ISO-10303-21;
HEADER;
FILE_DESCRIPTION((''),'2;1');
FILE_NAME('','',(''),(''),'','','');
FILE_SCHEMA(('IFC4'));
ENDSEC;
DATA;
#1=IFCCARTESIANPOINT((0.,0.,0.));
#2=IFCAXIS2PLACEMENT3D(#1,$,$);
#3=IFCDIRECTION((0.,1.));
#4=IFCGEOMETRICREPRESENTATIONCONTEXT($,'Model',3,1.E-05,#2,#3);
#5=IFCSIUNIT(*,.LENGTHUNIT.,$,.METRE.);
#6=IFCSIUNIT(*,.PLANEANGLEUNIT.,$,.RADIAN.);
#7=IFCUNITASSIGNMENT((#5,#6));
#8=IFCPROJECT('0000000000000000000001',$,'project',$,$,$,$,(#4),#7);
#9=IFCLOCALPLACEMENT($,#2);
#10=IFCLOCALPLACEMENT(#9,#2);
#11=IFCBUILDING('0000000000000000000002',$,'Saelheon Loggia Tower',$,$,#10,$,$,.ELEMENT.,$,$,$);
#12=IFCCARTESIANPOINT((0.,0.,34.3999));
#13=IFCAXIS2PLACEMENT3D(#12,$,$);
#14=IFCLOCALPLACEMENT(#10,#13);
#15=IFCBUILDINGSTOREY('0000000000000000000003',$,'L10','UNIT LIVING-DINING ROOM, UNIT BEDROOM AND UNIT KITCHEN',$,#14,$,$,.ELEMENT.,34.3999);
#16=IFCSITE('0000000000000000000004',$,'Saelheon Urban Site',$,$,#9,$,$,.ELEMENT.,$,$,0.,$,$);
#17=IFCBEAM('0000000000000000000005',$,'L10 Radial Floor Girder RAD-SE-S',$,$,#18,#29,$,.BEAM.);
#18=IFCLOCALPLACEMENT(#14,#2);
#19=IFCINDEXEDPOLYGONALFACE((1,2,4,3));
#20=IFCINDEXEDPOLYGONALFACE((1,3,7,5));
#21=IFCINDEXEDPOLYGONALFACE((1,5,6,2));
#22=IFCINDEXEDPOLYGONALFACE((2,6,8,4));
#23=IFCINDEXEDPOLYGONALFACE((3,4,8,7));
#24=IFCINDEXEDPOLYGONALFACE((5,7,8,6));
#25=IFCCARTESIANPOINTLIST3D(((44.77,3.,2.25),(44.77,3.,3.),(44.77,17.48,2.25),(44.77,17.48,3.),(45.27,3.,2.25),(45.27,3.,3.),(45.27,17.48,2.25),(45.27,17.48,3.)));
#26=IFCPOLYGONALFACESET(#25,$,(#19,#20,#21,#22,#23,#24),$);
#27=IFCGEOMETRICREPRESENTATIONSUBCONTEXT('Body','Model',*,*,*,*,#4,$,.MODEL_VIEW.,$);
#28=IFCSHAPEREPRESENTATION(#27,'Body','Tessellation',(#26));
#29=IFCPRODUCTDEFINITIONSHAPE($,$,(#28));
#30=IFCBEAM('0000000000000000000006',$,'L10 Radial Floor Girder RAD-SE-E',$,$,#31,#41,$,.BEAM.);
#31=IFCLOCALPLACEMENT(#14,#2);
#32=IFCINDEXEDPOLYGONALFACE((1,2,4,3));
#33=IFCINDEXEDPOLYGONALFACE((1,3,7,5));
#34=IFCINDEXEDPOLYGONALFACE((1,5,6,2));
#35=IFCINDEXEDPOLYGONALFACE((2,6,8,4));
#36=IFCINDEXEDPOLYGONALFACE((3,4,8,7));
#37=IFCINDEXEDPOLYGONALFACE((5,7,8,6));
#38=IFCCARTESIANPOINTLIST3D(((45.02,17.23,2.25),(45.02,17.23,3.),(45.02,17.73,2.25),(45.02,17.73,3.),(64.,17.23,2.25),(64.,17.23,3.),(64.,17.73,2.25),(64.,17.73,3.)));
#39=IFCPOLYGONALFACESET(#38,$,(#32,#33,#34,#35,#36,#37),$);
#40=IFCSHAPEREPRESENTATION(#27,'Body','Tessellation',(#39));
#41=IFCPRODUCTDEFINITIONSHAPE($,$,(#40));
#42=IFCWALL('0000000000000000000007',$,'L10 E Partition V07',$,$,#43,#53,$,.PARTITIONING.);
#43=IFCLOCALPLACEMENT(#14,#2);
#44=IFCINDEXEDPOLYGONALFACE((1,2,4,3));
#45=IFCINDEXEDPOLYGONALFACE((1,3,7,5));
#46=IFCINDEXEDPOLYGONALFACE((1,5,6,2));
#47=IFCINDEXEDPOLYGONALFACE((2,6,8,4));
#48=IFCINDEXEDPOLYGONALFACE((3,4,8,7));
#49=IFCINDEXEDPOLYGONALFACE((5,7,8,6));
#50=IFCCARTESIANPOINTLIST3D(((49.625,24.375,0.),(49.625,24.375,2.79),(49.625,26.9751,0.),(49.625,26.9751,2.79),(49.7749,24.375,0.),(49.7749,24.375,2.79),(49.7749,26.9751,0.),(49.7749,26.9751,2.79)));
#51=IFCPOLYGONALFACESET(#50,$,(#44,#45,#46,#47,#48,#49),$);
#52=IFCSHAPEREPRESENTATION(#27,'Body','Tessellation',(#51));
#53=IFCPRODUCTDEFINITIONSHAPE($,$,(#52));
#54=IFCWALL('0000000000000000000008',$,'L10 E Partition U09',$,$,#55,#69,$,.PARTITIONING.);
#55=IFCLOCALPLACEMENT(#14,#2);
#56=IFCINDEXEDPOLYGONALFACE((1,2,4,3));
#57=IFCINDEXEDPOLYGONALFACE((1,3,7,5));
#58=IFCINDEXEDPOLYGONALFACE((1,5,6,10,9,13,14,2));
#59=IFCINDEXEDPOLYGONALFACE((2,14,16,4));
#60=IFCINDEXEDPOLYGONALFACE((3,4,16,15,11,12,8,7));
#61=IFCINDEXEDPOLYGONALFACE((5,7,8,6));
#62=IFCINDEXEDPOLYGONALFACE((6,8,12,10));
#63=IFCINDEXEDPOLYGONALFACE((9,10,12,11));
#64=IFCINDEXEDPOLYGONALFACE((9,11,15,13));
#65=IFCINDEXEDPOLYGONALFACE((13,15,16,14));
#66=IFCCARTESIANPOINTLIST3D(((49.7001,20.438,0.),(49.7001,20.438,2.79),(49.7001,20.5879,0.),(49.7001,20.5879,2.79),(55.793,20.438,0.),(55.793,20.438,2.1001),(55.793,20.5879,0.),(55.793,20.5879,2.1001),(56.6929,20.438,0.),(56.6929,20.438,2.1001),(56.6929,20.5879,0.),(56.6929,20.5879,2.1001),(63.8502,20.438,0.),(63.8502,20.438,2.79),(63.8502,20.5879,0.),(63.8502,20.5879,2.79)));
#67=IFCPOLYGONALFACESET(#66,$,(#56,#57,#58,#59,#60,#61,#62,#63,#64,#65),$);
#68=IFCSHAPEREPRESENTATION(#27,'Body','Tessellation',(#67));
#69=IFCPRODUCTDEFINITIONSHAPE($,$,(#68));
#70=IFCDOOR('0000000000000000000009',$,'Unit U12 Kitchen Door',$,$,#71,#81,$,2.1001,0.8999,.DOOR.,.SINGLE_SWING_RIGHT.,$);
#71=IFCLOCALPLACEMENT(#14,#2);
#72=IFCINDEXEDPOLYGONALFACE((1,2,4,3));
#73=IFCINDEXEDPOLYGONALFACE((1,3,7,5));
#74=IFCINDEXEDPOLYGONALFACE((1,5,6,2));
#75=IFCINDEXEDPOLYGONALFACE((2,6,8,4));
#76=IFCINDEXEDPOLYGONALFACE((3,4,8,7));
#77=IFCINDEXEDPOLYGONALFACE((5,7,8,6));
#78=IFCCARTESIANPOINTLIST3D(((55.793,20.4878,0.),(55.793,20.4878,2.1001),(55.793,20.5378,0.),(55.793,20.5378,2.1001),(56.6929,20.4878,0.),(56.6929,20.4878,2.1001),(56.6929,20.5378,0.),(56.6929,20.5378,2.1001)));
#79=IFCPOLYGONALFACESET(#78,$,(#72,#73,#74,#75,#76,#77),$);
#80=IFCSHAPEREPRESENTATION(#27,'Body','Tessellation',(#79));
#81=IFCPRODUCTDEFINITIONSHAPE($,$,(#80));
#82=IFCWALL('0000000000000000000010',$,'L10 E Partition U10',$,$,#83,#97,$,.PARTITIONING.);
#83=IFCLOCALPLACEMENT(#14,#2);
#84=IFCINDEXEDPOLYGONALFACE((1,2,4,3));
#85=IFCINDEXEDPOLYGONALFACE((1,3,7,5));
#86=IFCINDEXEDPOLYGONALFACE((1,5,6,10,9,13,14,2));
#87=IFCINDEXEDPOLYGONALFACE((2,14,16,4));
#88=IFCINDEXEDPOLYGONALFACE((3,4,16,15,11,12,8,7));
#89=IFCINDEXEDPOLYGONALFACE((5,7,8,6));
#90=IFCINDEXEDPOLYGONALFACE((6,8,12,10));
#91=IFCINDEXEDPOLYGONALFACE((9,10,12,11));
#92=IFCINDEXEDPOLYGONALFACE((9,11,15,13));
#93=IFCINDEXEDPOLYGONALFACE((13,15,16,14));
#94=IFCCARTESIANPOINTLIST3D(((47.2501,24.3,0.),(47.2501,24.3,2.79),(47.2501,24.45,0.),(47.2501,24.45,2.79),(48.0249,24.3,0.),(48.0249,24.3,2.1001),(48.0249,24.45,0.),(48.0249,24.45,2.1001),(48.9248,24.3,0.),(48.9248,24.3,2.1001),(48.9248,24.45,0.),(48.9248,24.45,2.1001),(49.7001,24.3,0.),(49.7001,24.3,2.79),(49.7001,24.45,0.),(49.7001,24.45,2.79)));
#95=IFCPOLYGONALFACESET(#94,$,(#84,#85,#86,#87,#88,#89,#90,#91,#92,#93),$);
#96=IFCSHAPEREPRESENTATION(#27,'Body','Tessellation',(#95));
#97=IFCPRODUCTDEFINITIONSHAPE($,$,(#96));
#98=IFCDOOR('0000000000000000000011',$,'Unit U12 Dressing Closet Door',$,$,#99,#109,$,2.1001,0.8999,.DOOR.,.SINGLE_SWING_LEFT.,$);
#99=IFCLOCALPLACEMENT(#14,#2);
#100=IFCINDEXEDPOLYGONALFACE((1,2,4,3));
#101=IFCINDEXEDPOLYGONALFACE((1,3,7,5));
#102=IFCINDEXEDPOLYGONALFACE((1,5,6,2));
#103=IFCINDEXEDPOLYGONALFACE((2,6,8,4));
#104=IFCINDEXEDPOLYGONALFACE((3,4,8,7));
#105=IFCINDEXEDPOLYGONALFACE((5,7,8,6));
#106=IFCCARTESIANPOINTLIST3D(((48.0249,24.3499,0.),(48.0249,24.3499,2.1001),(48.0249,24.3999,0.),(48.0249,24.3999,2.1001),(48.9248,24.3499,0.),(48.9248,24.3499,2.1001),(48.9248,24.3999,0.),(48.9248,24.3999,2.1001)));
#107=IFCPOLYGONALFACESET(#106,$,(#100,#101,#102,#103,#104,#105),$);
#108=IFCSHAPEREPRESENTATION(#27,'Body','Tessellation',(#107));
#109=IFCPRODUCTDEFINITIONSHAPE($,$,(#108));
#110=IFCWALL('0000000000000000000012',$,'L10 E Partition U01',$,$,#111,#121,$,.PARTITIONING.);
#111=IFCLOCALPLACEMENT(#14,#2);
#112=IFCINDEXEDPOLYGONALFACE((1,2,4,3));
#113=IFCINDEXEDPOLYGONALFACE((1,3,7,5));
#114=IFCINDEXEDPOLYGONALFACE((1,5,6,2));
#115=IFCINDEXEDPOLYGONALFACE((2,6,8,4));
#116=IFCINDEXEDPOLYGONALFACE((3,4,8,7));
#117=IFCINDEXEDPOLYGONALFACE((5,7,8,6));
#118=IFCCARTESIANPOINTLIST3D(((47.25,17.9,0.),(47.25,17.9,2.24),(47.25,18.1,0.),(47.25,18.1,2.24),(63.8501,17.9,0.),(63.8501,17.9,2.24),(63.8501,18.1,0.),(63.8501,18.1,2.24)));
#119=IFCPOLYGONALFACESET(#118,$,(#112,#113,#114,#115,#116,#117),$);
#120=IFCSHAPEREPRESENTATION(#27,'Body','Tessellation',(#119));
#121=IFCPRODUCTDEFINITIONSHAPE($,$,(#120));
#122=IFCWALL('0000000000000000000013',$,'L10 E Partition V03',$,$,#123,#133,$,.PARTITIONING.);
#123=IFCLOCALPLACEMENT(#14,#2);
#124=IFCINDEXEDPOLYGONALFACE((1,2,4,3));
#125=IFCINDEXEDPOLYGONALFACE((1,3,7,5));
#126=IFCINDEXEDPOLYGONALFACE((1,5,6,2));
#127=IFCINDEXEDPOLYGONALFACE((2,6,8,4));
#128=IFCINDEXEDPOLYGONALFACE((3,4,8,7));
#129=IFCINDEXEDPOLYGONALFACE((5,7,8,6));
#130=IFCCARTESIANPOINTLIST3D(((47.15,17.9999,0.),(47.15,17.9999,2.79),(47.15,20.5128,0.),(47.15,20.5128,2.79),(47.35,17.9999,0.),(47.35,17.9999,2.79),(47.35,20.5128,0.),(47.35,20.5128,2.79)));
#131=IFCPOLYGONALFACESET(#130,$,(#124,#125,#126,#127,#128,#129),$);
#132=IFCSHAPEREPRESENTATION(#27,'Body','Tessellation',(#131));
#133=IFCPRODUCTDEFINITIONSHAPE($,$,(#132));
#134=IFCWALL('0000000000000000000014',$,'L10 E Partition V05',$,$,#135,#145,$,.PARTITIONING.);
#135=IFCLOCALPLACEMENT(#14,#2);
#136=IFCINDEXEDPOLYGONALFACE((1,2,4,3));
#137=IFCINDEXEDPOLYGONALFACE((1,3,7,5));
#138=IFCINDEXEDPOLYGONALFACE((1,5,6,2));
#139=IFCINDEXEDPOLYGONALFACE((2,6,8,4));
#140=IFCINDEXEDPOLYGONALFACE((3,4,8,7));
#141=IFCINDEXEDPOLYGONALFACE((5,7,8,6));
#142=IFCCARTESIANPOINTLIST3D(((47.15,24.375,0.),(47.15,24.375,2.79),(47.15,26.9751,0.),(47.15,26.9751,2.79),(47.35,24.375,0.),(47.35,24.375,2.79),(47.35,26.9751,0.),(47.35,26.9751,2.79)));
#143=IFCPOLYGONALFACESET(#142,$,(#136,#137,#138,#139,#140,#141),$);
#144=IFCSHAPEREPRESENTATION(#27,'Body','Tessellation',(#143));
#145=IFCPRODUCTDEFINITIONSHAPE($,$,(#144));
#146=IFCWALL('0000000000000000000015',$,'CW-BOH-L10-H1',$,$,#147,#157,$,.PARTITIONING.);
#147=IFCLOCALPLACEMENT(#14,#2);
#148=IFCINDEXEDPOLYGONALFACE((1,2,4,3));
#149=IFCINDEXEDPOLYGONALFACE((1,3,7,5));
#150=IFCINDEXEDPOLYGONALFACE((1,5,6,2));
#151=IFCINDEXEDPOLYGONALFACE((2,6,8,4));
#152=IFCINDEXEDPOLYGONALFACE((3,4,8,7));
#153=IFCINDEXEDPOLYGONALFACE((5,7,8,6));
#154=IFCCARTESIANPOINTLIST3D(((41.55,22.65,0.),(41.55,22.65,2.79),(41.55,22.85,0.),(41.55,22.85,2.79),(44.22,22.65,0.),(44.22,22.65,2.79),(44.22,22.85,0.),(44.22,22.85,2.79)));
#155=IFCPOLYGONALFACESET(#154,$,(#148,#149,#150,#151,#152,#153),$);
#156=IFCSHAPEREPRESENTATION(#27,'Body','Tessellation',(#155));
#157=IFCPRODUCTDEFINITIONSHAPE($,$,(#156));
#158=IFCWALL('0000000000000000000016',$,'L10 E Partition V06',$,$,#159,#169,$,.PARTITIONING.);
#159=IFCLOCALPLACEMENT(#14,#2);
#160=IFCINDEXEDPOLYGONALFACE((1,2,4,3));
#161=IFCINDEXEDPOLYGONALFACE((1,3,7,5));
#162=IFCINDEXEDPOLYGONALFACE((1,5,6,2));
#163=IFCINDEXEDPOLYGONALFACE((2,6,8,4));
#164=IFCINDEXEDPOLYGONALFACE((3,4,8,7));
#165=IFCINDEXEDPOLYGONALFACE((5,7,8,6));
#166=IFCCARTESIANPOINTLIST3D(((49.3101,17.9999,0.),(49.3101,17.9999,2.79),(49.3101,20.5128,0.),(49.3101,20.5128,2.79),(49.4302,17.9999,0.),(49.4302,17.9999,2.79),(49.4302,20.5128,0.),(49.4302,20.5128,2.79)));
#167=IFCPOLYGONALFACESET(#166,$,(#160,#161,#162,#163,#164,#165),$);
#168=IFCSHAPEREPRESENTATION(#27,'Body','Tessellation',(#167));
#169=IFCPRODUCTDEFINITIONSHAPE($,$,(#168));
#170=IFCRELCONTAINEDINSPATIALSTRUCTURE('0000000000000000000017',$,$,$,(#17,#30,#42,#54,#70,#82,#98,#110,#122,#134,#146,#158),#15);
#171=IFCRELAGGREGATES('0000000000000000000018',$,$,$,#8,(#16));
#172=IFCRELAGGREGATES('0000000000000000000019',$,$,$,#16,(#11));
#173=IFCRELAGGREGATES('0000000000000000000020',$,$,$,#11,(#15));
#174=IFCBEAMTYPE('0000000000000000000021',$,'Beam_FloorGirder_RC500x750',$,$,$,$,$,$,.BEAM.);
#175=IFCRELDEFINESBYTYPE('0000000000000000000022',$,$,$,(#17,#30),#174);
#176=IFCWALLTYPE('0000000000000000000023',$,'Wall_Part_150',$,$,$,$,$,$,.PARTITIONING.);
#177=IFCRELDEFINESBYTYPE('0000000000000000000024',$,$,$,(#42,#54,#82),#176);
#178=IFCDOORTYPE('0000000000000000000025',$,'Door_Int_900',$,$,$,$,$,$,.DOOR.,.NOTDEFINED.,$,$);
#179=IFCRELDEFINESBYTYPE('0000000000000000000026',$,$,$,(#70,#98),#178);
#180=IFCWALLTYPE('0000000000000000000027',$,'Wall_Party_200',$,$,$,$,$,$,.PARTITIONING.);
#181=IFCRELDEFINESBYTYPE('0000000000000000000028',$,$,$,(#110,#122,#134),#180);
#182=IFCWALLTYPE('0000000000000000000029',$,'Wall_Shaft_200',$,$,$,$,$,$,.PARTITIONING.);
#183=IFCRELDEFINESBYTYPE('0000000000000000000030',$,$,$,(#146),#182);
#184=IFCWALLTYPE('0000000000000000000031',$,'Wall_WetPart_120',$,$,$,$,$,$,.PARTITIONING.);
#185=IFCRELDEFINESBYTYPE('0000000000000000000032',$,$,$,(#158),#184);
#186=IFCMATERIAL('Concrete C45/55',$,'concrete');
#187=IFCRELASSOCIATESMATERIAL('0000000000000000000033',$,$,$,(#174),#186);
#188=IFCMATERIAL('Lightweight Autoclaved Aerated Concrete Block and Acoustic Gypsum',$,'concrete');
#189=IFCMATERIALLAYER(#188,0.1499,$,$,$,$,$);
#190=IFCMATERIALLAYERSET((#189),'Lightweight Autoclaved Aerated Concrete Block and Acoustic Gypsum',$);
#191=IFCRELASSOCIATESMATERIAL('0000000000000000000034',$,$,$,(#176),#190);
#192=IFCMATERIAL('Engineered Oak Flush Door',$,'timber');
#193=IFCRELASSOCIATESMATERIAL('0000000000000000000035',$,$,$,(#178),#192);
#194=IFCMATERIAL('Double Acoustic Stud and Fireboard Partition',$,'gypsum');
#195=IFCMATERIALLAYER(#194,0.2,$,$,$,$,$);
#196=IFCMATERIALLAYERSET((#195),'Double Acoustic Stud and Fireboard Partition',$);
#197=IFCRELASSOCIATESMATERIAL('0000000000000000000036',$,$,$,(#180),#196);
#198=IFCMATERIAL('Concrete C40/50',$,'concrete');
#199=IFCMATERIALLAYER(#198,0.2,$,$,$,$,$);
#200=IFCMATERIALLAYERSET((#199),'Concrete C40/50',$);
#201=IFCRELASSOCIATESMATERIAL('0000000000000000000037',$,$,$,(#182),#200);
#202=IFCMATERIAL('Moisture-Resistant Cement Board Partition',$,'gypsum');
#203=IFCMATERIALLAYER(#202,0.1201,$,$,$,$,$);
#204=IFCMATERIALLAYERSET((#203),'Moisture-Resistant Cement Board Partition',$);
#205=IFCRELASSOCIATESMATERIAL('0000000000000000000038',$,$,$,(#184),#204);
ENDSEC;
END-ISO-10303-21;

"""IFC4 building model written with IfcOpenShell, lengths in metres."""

from ifc_helpers import new_model, si_unit, direction, frame, frame_2d, origin, origin_2d, place, context, subcontext, project, spatial, rectangle, extrude, source, transform, mapped, material, layer, layer_set, material_profile, profile_set, type_object, element, fill, save


model = new_model("IFC4")

# Units and contexts
model_context = context("Model", 3, precision=1e-05, world=origin(), true_north=direction((0.0, 1.0)))
body_context = subcontext(model_context, "Body", "Model", "MODEL_VIEW")
ifc_project = project(units=[si_unit("LENGTHUNIT", "METRE"), si_unit("PLANEANGLEUNIT", "RADIAN")], contexts=[model_context])

# Site, building, storey
site_placement = place(None, origin())
site = spatial("IfcSite", under=ifc_project, at=site_placement, Name="Saelheon Urban Site", CompositionType="ELEMENT", RefElevation=0.0)
building_placement = place(site_placement, origin())
building = spatial("IfcBuilding", under=site, at=building_placement, Name="Saelheon Loggia Tower", CompositionType="ELEMENT")
storey_placement = place(building_placement, frame((0.0, 0.0, 34.3999)))
storey = spatial("IfcBuildingStorey", under=building, at=storey_placement, Name="L10", Description="UNIT LIVING-DINING ROOM, UNIT BEDROOM AND UNIT KITCHEN", CompositionType="ELEMENT", Elevation=34.3999)

# Beams
ifc_material_1 = material(Name="Concrete C45/55", Category="concrete")
ifc_material_profile = material_profile(ifc_material_1, rectangle(XDim=0.5, YDim=0.75, at=origin_2d()), Name="RC-500x750")
ifc_profile_set = profile_set([ifc_material_profile], Name="Concrete C45/55")
beam_type = type_object("IfcBeamType", Name="Beam_FloorGirder_RC500x750", PredefinedType="BEAM", material=ifc_profile_set)
shared_shape_1 = source(origin(), body_context, "Body", "SweptSolid", [
    extrude(rectangle(XDim=0.5, YDim=0.75, at=origin_2d()), origin(), (0.0, 0.0, 1.0), 14.48),
])
beam_1_placement = place(storey_placement, frame((45.02, 17.48, 2.625), z_axis=(0.0, -1.0, 0.0), x_axis=(1.0, 0.0, 0.0)))
element("IfcBeam", 1, at=beam_1_placement, inside=storey, type_object=beam_type, Name="L10 Radial Floor Girder RAD-SE-S", PredefinedType="BEAM", context=body_context, shape_type="MappedRepresentation", body=[
    mapped(shared_shape_1, transform((0.0, 0.0, 0.0), scale=1.0)),
])
shared_shape_2 = source(origin(), body_context, "Body", "SweptSolid", [
    extrude(rectangle(XDim=0.5, YDim=0.75, at=origin_2d()), origin(), (0.0, 0.0, 1.0), 18.98),
])
beam_2_placement = place(storey_placement, frame((45.02, 17.48, 2.625), z_axis=(1.0, 0.0, 0.0), x_axis=(0.0, 1.0, 0.0)))
element("IfcBeam", 2, at=beam_2_placement, inside=storey, type_object=beam_type, Name="L10 Radial Floor Girder RAD-SE-E", PredefinedType="BEAM", context=body_context, shape_type="MappedRepresentation", body=[
    mapped(shared_shape_2, transform((0.0, 0.0, 0.0), scale=1.0)),
])

# Wall
ifc_material_2 = material(Name="Lightweight Autoclaved Aerated Concrete Block and Acoustic Gypsum", Category="concrete")
ifc_layer_1 = layer(ifc_material_2, 0.1499)
ifc_layer_set_1 = layer_set([ifc_layer_1], Name="Lightweight Autoclaved Aerated Concrete Block and Acoustic Gypsum")
wall_type_1 = type_object("IfcWallType", Name="Wall_Part_150", PredefinedType="PARTITIONING", material=ifc_layer_set_1)
wall_1_placement = place(storey_placement, frame((49.7, 24.375, 0.0), z_axis=(0.0, 0.0, 1.0), x_axis=(0.0, 1.0, 0.0)))
element("IfcWall", 3, at=wall_1_placement, inside=storey, type_object=wall_type_1, Name="L10 E Partition V07", PredefinedType="PARTITIONING", context=body_context, shape_type="SweptSolid", body=[
    extrude(rectangle(XDim=2.6001, YDim=0.1499, at=frame_2d((1.3, 0.0))), origin(), (0.0, 0.0, 1.0), 2.79),
])

# Walls, openings, doors
wall_2_placement = place(storey_placement, frame((49.7, 20.5129, 0.0), z_axis=(0.0, 0.0, 1.0), x_axis=(1.0, 0.0, 0.0)))
wall_2 = element("IfcWall", 4, at=wall_2_placement, inside=storey, type_object=wall_type_1, Name="L10 E Partition U09", PredefinedType="PARTITIONING", context=body_context, shape_type="SweptSolid", body=[
    extrude(rectangle(XDim=14.1501, YDim=0.1499, at=frame_2d((7.0752, 0.0))), origin(), (0.0, 0.0, 1.0), 2.79),
])
opening_1_placement = place(wall_2_placement, frame((6.093, 0.0, 0.0)))
opening_1 = element("IfcOpeningElement", 5, at=opening_1_placement, cuts=wall_2, PredefinedType="OPENING", context=body_context, shape_type="SweptSolid", body=[
    extrude(rectangle(XDim=0.8999, YDim=2.1001, at=frame_2d((0.45, 1.05))), frame((0.0, 0.0869, 0.0), z_axis=(0.0, -1.0, 0.0), x_axis=(1.0, 0.0, 0.0)), (0.0, 0.0, 1.0), 0.1738),
])
ifc_material_3 = material(Name="Engineered Oak Flush Door", Category="timber")
door_type_1 = type_object("IfcDoorType", Name="Door_Int_900", OperationType="NOTDEFINED", PredefinedType="DOOR", material=ifc_material_3)
shared_shape_3 = source(origin(), body_context, "Body", "SweptSolid", [
    extrude(rectangle(XDim=0.8999, YDim=2.1001, at=frame_2d((0.45, 1.05))), frame((0.0, 0.0249, 0.0), z_axis=(0.0, -1.0, 0.0), x_axis=(1.0, 0.0, 0.0)), (0.0, 0.0, 1.0), 0.05),
])
door_1_placement = place(opening_1_placement, origin())
door_1 = element("IfcDoor", 6, at=door_1_placement, inside=storey, type_object=door_type_1, Name="Unit U12 Kitchen Door", OperationType="SINGLE_SWING_RIGHT", OverallHeight=2.1001, OverallWidth=0.8999, PredefinedType="DOOR", context=body_context, shape_type="MappedRepresentation", body=[
    mapped(shared_shape_3, transform((0.0, 0.0, 0.0), scale=1.0)),
])
fill(opening_1, door_1)
wall_3_placement = place(storey_placement, frame((47.25, 24.375, 0.0), z_axis=(0.0, 0.0, 1.0), x_axis=(1.0, 0.0, 0.0)))
wall_3 = element("IfcWall", 7, at=wall_3_placement, inside=storey, type_object=wall_type_1, Name="L10 E Partition U10", PredefinedType="PARTITIONING", context=body_context, shape_type="SweptSolid", body=[
    extrude(rectangle(XDim=2.45, YDim=0.1499, at=frame_2d((1.2251, 0.0))), origin(), (0.0, 0.0, 1.0), 2.79),
])
opening_2_placement = place(wall_3_placement, frame((0.7749, 0.0, 0.0)))
opening_2 = element("IfcOpeningElement", 8, at=opening_2_placement, cuts=wall_3, PredefinedType="OPENING", context=body_context, shape_type="SweptSolid", body=[
    extrude(rectangle(XDim=0.8999, YDim=2.1001, at=frame_2d((0.45, 1.05))), frame((0.0, 0.0869, 0.0), z_axis=(0.0, -1.0, 0.0), x_axis=(1.0, 0.0, 0.0)), (0.0, 0.0, 1.0), 0.1738),
])
door_2_placement = place(opening_2_placement, origin())
door_2 = element("IfcDoor", 9, at=door_2_placement, inside=storey, type_object=door_type_1, Name="Unit U12 Dressing Closet Door", OperationType="SINGLE_SWING_LEFT", OverallHeight=2.1001, OverallWidth=0.8999, PredefinedType="DOOR", context=body_context, shape_type="MappedRepresentation", body=[
    mapped(shared_shape_3, transform((0.0, 0.0, 0.0), scale=1.0)),
])
fill(opening_2, door_2)

# Walls
ifc_material_4 = material(Name="Double Acoustic Stud and Fireboard Partition", Category="gypsum")
ifc_layer_2 = layer(ifc_material_4, 0.2)
ifc_layer_set_2 = layer_set([ifc_layer_2], Name="Double Acoustic Stud and Fireboard Partition")
wall_type_2 = type_object("IfcWallType", Name="Wall_Party_200", PredefinedType="PARTITIONING", material=ifc_layer_set_2)
wall_4_placement = place(storey_placement, frame((47.25, 18.0, 0.0), z_axis=(0.0, 0.0, 1.0), x_axis=(1.0, 0.0, 0.0)))
element("IfcWall", 10, at=wall_4_placement, inside=storey, type_object=wall_type_2, Name="L10 E Partition U01", PredefinedType="PARTITIONING", context=body_context, shape_type="SweptSolid", body=[
    extrude(rectangle(XDim=16.6001, YDim=0.2, at=frame_2d((8.3, 0.0))), origin(), (0.0, 0.0, 1.0), 2.24),
])
wall_5_placement = place(storey_placement, frame((47.25, 18.0, 0.0), z_axis=(0.0, 0.0, 1.0), x_axis=(0.0, 1.0, 0.0)))
element("IfcWall", 11, at=wall_5_placement, inside=storey, type_object=wall_type_2, Name="L10 E Partition V03", PredefinedType="PARTITIONING", context=body_context, shape_type="SweptSolid", body=[
    extrude(rectangle(XDim=2.5129, YDim=0.2, at=frame_2d((1.2563, 0.0))), origin(), (0.0, 0.0, 1.0), 2.79),
])

# Walls
wall_6_placement = place(storey_placement, frame((47.25, 24.375, 0.0), z_axis=(0.0, 0.0, 1.0), x_axis=(0.0, 1.0, 0.0)))
element("IfcWall", 12, at=wall_6_placement, inside=storey, type_object=wall_type_2, Name="L10 E Partition V05", PredefinedType="PARTITIONING", context=body_context, shape_type="SweptSolid", body=[
    extrude(rectangle(XDim=2.6001, YDim=0.2, at=frame_2d((1.3, 0.0))), origin(), (0.0, 0.0, 1.0), 2.79),
])
ifc_material_5 = material(Name="Concrete C40/50", Category="concrete")
ifc_layer_3 = layer(ifc_material_5, 0.2)
ifc_layer_set_3 = layer_set([ifc_layer_3], Name="Concrete C40/50")
wall_type_3 = type_object("IfcWallType", Name="Wall_Shaft_200", PredefinedType="PARTITIONING", material=ifc_layer_set_3)
wall_7_placement = place(storey_placement, frame((41.55, 22.75, 0.0), z_axis=(0.0, 0.0, 1.0), x_axis=(1.0, 0.0, 0.0)))
element("IfcWall", 13, at=wall_7_placement, inside=storey, type_object=wall_type_3, Name="CW-BOH-L10-H1", PredefinedType="PARTITIONING", context=body_context, shape_type="SweptSolid", body=[
    extrude(rectangle(XDim=2.6699, YDim=0.2, at=frame_2d((1.335, 0.0))), origin(), (0.0, 0.0, 1.0), 2.79),
])
ifc_material_6 = material(Name="Moisture-Resistant Cement Board Partition", Category="gypsum")
ifc_layer_4 = layer(ifc_material_6, 0.1201)
ifc_layer_set_4 = layer_set([ifc_layer_4], Name="Moisture-Resistant Cement Board Partition")
wall_type_4 = type_object("IfcWallType", Name="Wall_WetPart_120", PredefinedType="PARTITIONING", material=ifc_layer_set_4)
wall_8_placement = place(storey_placement, frame((49.3701, 18.0, 0.0), z_axis=(0.0, 0.0, 1.0), x_axis=(0.0, 1.0, 0.0)))
element("IfcWall", 14, at=wall_8_placement, inside=storey, type_object=wall_type_4, Name="L10 E Partition V06", PredefinedType="PARTITIONING", context=body_context, shape_type="SweptSolid", body=[
    extrude(rectangle(XDim=2.5129, YDim=0.1201, at=frame_2d((1.2563, 0.0))), origin(), (0.0, 0.0, 1.0), 2.79),
])

save(model, "model.ifc")
